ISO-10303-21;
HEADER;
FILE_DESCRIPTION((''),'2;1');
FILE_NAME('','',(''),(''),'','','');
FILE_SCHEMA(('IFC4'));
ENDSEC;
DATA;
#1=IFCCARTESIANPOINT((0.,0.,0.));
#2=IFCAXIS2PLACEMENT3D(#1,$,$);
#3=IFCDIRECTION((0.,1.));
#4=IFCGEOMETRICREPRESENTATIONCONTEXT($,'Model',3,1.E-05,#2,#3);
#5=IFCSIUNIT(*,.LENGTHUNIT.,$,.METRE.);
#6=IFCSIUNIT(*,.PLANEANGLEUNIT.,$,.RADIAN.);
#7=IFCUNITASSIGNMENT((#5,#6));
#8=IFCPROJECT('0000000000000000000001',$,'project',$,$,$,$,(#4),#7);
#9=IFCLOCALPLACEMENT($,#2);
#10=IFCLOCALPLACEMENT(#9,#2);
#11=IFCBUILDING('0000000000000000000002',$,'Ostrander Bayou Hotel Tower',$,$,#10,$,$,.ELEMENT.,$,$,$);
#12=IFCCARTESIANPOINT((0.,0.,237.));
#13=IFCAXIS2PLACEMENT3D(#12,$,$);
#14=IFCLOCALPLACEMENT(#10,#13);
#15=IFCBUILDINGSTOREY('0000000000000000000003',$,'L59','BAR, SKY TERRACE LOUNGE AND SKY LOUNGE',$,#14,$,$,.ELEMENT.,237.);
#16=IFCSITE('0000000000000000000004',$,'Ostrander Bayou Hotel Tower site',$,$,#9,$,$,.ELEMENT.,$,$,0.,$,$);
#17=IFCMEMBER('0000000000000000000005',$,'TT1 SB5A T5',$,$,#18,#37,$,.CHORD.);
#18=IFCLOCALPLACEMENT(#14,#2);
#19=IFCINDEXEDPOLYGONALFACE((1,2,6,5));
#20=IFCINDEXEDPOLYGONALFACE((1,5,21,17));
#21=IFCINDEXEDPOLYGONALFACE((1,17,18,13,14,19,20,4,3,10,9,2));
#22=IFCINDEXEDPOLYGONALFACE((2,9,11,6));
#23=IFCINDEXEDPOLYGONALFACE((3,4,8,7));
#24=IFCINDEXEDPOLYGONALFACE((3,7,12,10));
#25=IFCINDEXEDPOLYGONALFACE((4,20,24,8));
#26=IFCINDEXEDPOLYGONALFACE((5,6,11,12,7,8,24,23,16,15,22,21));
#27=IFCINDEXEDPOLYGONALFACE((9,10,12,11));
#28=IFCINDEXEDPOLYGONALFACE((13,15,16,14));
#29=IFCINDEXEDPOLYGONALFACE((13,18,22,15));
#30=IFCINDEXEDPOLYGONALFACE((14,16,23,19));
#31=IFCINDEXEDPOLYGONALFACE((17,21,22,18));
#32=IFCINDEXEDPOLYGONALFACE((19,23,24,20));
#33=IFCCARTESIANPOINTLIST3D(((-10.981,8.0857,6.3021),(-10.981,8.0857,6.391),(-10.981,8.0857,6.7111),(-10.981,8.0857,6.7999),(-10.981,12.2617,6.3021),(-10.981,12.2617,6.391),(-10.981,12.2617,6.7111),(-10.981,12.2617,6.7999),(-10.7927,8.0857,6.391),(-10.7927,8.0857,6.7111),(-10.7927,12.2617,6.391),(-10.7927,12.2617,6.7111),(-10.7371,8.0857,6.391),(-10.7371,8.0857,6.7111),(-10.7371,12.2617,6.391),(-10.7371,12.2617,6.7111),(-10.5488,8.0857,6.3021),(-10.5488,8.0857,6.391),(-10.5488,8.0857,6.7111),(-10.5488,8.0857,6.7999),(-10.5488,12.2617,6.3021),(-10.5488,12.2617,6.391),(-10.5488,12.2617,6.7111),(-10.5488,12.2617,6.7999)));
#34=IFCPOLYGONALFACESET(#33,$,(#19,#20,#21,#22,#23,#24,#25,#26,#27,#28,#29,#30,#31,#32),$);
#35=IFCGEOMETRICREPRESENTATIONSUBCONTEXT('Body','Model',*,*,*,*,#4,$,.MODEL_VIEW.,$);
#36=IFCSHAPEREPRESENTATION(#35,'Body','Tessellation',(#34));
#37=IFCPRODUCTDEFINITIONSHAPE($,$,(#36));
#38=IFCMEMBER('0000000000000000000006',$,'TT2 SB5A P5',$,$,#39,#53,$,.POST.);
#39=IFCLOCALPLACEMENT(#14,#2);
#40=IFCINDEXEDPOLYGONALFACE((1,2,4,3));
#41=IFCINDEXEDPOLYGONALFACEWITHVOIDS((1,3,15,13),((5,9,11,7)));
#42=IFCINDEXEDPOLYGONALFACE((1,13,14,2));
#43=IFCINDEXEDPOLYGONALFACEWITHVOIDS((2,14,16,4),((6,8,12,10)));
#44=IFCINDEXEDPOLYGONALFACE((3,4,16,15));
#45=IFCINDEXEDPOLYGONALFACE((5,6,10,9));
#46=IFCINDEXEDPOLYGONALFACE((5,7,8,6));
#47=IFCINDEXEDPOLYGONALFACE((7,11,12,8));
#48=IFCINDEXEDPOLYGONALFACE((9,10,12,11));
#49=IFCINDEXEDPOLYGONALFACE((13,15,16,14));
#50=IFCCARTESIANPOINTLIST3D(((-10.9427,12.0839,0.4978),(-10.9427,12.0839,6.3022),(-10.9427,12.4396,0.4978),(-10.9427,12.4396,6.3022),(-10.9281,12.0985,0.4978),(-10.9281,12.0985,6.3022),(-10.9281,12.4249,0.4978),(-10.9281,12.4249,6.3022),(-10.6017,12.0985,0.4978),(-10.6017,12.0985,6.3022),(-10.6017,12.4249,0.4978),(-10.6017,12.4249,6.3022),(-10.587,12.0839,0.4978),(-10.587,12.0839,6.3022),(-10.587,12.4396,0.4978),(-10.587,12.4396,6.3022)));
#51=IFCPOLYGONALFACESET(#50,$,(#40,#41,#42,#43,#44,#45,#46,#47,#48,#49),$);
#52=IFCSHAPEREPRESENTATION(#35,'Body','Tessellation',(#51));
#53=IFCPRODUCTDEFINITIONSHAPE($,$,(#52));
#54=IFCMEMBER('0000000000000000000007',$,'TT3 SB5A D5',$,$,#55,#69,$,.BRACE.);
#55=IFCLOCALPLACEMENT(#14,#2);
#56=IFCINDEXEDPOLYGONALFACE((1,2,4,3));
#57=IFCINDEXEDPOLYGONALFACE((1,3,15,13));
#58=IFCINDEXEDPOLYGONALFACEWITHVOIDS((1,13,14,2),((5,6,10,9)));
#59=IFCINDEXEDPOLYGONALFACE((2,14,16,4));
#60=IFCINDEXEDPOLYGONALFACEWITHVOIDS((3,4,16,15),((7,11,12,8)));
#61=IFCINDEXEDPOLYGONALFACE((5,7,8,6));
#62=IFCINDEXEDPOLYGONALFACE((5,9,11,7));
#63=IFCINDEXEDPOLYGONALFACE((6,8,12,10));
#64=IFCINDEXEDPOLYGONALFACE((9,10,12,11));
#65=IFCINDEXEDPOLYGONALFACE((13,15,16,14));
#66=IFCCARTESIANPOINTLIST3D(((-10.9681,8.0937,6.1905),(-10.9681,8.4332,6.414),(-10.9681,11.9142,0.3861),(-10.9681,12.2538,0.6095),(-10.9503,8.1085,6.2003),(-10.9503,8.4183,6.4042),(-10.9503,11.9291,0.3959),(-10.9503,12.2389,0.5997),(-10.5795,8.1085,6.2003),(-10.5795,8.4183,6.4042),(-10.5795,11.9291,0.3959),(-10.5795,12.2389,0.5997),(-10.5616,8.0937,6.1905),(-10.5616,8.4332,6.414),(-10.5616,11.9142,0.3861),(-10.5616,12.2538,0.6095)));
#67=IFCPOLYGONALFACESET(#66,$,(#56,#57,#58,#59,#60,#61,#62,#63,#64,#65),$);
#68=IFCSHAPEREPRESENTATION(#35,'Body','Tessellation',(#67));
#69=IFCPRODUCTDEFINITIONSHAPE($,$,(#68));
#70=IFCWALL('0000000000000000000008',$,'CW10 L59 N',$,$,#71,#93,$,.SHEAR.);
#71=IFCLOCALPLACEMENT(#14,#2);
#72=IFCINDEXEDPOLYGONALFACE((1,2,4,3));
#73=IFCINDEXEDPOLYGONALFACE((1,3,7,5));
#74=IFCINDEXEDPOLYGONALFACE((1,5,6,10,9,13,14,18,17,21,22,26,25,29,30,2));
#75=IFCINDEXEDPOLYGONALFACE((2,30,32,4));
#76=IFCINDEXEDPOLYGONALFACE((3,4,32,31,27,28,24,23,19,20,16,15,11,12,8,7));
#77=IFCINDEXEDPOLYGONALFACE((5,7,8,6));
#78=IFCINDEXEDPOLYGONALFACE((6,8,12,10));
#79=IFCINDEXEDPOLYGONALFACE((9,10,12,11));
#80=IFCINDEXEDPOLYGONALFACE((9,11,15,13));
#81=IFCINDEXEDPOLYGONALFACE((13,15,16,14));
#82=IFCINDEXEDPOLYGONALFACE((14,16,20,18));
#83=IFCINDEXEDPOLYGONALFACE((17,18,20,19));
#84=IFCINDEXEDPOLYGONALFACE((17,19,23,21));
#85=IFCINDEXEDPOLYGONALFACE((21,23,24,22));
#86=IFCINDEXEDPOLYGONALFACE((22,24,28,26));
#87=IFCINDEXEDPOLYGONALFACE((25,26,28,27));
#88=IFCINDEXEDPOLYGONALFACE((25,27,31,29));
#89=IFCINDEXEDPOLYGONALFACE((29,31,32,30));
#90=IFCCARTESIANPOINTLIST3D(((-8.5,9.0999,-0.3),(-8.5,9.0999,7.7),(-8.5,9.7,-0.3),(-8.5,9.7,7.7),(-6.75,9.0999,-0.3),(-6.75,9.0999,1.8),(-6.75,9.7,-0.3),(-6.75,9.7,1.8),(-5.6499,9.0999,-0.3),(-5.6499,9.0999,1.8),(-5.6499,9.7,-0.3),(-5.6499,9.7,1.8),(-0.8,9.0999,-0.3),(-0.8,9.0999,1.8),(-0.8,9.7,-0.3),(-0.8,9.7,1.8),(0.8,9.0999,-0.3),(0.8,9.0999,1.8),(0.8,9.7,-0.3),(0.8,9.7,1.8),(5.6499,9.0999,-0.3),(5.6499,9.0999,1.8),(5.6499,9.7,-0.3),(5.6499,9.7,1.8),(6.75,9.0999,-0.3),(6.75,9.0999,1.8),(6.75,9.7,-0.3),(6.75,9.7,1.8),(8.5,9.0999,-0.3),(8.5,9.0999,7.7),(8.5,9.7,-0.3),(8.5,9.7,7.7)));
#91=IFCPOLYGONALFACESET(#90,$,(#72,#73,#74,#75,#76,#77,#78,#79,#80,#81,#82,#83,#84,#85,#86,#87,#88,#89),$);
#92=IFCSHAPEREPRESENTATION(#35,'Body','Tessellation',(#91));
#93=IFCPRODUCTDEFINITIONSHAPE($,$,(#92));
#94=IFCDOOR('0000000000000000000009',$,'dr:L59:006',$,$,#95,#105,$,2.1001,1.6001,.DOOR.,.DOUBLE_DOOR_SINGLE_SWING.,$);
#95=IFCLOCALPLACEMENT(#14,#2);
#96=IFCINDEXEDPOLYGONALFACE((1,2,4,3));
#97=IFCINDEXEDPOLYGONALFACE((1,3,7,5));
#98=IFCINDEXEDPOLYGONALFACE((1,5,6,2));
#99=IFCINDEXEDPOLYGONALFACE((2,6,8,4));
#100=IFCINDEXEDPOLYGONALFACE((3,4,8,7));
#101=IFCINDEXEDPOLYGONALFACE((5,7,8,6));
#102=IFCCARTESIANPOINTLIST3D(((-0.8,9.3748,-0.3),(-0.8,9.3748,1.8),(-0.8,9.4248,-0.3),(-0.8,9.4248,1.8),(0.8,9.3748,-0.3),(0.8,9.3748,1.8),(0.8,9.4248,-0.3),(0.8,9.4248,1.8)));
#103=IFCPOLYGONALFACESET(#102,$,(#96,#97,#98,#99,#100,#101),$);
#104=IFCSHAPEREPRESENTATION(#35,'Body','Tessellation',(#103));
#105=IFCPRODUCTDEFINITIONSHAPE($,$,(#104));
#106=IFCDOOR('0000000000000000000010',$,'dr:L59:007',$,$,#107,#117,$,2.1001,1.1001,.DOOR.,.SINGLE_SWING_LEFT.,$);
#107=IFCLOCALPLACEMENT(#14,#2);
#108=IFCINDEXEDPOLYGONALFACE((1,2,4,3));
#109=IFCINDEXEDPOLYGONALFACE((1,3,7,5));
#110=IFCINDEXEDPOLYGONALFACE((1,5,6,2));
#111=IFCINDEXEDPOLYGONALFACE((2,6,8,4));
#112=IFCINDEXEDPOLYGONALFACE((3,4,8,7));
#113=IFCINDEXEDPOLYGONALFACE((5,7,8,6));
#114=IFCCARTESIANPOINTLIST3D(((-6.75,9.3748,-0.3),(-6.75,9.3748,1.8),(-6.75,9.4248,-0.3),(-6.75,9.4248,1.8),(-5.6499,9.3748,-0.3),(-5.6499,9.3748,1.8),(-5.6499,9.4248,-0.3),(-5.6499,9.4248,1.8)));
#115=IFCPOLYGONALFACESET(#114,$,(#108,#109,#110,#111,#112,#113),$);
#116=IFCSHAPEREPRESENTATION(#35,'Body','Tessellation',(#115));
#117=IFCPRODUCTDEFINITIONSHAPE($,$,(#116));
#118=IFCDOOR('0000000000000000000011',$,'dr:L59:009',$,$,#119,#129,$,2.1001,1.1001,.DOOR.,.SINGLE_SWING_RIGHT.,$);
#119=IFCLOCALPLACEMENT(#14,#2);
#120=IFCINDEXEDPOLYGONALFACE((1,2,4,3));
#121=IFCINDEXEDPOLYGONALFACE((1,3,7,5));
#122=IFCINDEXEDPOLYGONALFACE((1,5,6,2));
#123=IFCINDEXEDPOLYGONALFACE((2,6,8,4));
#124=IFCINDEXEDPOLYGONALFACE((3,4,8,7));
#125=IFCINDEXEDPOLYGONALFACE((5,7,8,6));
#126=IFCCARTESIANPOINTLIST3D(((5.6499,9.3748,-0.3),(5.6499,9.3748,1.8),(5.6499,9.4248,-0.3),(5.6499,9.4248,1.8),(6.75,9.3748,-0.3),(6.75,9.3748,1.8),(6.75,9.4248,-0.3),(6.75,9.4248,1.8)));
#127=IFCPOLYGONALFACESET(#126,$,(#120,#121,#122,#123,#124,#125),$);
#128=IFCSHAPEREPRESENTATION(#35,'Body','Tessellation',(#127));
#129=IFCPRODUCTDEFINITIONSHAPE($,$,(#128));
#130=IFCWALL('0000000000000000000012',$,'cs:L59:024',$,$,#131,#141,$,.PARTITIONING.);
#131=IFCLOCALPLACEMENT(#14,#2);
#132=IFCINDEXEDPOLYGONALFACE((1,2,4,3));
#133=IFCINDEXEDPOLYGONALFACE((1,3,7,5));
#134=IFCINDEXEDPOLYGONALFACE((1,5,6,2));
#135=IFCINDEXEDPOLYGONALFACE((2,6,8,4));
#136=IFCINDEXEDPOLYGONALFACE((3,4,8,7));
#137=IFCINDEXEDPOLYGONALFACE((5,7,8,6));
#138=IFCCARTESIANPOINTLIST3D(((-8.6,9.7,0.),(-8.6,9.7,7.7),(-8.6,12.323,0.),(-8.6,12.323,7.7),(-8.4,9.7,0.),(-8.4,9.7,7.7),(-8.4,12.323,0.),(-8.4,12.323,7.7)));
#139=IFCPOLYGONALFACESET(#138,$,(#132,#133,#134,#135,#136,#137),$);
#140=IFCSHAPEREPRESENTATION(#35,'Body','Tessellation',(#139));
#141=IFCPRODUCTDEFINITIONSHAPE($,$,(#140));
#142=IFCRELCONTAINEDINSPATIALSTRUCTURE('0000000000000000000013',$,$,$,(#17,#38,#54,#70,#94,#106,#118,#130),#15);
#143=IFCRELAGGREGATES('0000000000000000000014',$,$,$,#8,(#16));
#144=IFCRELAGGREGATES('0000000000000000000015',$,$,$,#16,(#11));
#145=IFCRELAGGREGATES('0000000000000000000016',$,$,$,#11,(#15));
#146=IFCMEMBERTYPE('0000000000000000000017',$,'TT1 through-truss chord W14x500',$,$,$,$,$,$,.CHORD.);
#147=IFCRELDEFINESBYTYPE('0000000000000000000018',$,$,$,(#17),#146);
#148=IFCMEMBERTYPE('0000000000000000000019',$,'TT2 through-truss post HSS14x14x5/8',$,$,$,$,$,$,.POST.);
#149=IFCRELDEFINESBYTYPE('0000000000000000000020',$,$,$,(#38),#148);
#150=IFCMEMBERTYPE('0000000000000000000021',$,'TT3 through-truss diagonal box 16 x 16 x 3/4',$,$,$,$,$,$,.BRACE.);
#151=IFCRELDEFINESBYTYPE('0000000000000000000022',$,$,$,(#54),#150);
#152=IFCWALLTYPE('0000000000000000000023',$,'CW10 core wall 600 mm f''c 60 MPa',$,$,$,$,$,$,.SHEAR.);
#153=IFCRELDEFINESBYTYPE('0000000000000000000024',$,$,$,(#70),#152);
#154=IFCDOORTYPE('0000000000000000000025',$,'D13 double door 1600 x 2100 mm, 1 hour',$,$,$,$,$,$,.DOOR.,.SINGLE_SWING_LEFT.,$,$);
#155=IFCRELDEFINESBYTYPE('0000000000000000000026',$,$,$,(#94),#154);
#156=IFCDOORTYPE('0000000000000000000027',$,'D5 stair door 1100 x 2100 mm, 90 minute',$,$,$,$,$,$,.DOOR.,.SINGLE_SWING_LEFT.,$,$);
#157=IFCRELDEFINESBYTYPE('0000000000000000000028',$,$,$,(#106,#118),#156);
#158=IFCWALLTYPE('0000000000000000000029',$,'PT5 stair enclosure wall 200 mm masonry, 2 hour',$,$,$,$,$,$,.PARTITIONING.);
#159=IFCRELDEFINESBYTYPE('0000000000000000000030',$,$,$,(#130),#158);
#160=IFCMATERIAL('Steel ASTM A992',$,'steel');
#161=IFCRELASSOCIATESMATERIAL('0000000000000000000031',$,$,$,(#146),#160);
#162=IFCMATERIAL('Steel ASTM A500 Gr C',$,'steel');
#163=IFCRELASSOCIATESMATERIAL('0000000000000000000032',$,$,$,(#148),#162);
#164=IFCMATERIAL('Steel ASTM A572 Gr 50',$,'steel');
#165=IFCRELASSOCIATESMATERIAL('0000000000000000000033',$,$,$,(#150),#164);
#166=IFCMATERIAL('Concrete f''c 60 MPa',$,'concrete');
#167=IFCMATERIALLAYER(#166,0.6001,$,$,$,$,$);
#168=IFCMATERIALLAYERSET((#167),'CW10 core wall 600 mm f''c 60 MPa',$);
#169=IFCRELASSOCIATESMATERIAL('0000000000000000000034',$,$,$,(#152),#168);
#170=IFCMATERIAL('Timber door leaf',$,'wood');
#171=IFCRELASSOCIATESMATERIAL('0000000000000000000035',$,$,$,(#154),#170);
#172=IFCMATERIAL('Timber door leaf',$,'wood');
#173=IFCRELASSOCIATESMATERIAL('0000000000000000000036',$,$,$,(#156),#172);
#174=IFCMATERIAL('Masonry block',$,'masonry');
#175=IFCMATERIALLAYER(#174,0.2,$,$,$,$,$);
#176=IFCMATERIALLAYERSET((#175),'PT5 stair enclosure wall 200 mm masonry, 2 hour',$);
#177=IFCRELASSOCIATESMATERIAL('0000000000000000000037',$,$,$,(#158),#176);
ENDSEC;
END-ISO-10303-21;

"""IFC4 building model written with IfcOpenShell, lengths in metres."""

from ifc_helpers import new_model, si_unit, direction, frame, frame_2d, origin, origin_2d, place, context, subcontext, project, spatial, rectangle, hollow_rectangle, i_section, extrude, material, layer, layer_set, material_profile, profile_set, type_object, element, fill, save


model = new_model("IFC4")

# Units and contexts
model_context = context("Model", 3, precision=1e-05, world=origin(), true_north=direction((0.0, 1.0)))
body_context = subcontext(model_context, "Body", "Model", "MODEL_VIEW")
ifc_project = project(units=[si_unit("LENGTHUNIT", "METRE"), si_unit("PLANEANGLEUNIT", "RADIAN")], contexts=[model_context])

# Site, building, storey
site_placement = place(None, origin())
site = spatial("IfcSite", under=ifc_project, at=site_placement, Name="Ostrander Bayou Hotel Tower site", CompositionType="ELEMENT", RefElevation=0.0)
building_placement = place(site_placement, origin())
building = spatial("IfcBuilding", under=site, at=building_placement, Name="Ostrander Bayou Hotel Tower", CompositionType="ELEMENT")
storey_placement = place(building_placement, frame((0.0, 0.0, 237.0)))
storey = spatial("IfcBuildingStorey", under=building, at=storey_placement, Name="L59", Description="BAR, SKY TERRACE LOUNGE AND SKY LOUNGE", CompositionType="ELEMENT", Elevation=237.0)

# Members
ifc_material_1 = material(Name="Steel ASTM A992", Category="steel")
ifc_material_profile_1 = material_profile(ifc_material_1, i_section(OverallWidth=0.4321, OverallDepth=0.4978, WebThickness=0.0557, FlangeThickness=0.0889, at=origin_2d()))
ifc_profile_set_1 = profile_set([ifc_material_profile_1], Name="Steel ASTM A992")
member_type_1 = type_object("IfcMemberType", Name="TT1 through-truss chord W14x500", PredefinedType="CHORD", material=ifc_profile_set_1)
for number, where, z_axis, x_axis, name in (
    (1, (-10.7649, 12.2617, 6.551), (0.0, -1.0, 0.0), (1.0, 0.0, 0.0), "TT1 SB5A T5"),
):
    element("IfcMember", number, at=place(storey_placement, frame(where, z_axis=z_axis, x_axis=x_axis)), inside=storey, type_object=member_type_1, Name=name, PredefinedType="CHORD", context=body_context, shape_type="SweptSolid", body=[
        extrude(i_section(OverallWidth=0.4321, OverallDepth=0.4978, WebThickness=0.0557, FlangeThickness=0.0889, at=origin_2d()), origin(), (0.0, 0.0, 1.0), 4.176),
    ])
ifc_material_2 = material(Name="Steel ASTM A500 Gr C", Category="steel")
ifc_material_profile_2 = material_profile(ifc_material_2, hollow_rectangle(XDim=0.3557, YDim=0.3557, WallThickness=0.0146, at=origin_2d()))
ifc_profile_set_2 = profile_set([ifc_material_profile_2], Name="Steel ASTM A500 Gr C")
member_type_2 = type_object("IfcMemberType", Name="TT2 through-truss post HSS14x14x5/8", PredefinedType="POST", material=ifc_profile_set_2)
member_1_placement = place(storey_placement, frame((-10.7649, 12.2617, 0.4978), z_axis=(0.0, 0.0, 1.0), x_axis=(1.0, 0.0, 0.0)))
element("IfcMember", 2, at=member_1_placement, inside=storey, type_object=member_type_2, Name="TT2 SB5A P5", PredefinedType="POST", context=body_context, shape_type="SweptSolid", body=[
    extrude(hollow_rectangle(XDim=0.3557, YDim=0.3557, WallThickness=0.0146, at=origin_2d()), origin(), (0.0, 0.0, 1.0), 5.8044),
])
ifc_material_3 = material(Name="Steel ASTM A572 Gr 50", Category="steel")
ifc_material_profile_3 = material_profile(ifc_material_3, hollow_rectangle(XDim=0.4065, YDim=0.4065, WallThickness=0.0178, at=origin_2d()))
ifc_profile_set_3 = profile_set([ifc_material_profile_3], Name="Steel ASTM A572 Gr 50")
member_type_3 = type_object("IfcMemberType", Name="TT3 through-truss diagonal box 16 x 16 x 3/4", PredefinedType="BRACE", material=ifc_profile_set_3)
member_2_placement = place(storey_placement, frame((-10.7649, 12.084, 0.4978), z_axis=(0.0, -0.549802, 0.835295), x_axis=(1.0, 0.0, 0.0)))
element("IfcMember", 3, at=member_2_placement, inside=storey, type_object=member_type_3, Name="TT3 SB5A D5", PredefinedType="BRACE", context=body_context, shape_type="SweptSolid", body=[
    extrude(hollow_rectangle(XDim=0.4065, YDim=0.4065, WallThickness=0.0178, at=origin_2d()), origin(), (0.0, 0.0, 1.0), 6.949),
])

# Wall, openings, doors
ifc_material_4 = material(Name="Concrete f'c 60 MPa", Category="concrete")
ifc_layer_1 = layer(ifc_material_4, 0.6001)
ifc_layer_set_1 = layer_set([ifc_layer_1], Name="CW10 core wall 600 mm f'c 60 MPa")
wall_type_1 = type_object("IfcWallType", Name="CW10 core wall 600 mm f'c 60 MPa", PredefinedType="SHEAR", material=ifc_layer_set_1)
wall_1_placement = place(storey_placement, frame((-8.5, 9.3999, -0.3), z_axis=(0.0, 0.0, 1.0), x_axis=(1.0, 0.0, 0.0)))
wall_1 = element("IfcWall", 4, at=wall_1_placement, inside=storey, type_object=wall_type_1, Name="CW10 L59 N", PredefinedType="SHEAR", context=body_context, shape_type="SweptSolid", body=[
    extrude(rectangle(XDim=17.0, YDim=0.6001, at=frame_2d((8.5, 0.0))), origin(), (0.0, 0.0, 1.0), 8.0),
])
opening_1_placement = place(wall_1_placement, frame((7.7, 0.0, 0.0)))
opening_1 = element("IfcOpeningElement", 5, at=opening_1_placement, cuts=wall_1, PredefinedType="OPENING", context=body_context, shape_type="SweptSolid", body=[
    extrude(rectangle(XDim=1.6001, YDim=2.1001, at=frame_2d((0.8, 1.05))), frame((0.0, 0.3, 0.0), z_axis=(0.0, -1.0, 0.0), x_axis=(1.0, 0.0, 0.0)), (0.0, 0.0, 1.0), 0.6001),
])
opening_2_placement = place(wall_1_placement, frame((1.75, 0.0, 0.0)))
opening_2 = element("IfcOpeningElement", 6, at=opening_2_placement, cuts=wall_1, PredefinedType="OPENING", context=body_context, shape_type="SweptSolid", body=[
    extrude(rectangle(XDim=1.1001, YDim=2.1001, at=frame_2d((0.55, 1.05))), frame((0.0, 0.3, 0.0), z_axis=(0.0, -1.0, 0.0), x_axis=(1.0, 0.0, 0.0)), (0.0, 0.0, 1.0), 0.6001),
])
opening_3_placement = place(wall_1_placement, frame((14.1499, 0.0, 0.0)))
opening_3 = element("IfcOpeningElement", 7, at=opening_3_placement, cuts=wall_1, PredefinedType="OPENING", context=body_context, shape_type="SweptSolid", body=[
    extrude(rectangle(XDim=1.1001, YDim=2.1001, at=frame_2d((0.55, 1.05))), frame((0.0, 0.3, 0.0), z_axis=(0.0, -1.0, 0.0), x_axis=(1.0, 0.0, 0.0)), (0.0, 0.0, 1.0), 0.6001),
])
ifc_material_5 = material(Name="Timber door leaf", Category="wood")
door_type_1 = type_object("IfcDoorType", Name="D13 double door 1600 x 2100 mm, 1 hour", OperationType="SINGLE_SWING_LEFT", PredefinedType="DOOR", material=ifc_material_5)
door_1_placement = place(opening_1_placement, origin())
door_1 = element("IfcDoor", 8, at=door_1_placement, inside=storey, type_object=door_type_1, Name="dr:L59:006", OperationType="DOUBLE_DOOR_SINGLE_SWING", OverallHeight=2.1001, OverallWidth=1.6001, PredefinedType="DOOR", context=body_context, shape_type="SweptSolid", body=[
    extrude(rectangle(XDim=1.6001, YDim=2.1001, at=frame_2d((0.8, 1.05))), frame((0.0, 0.0249, 0.0), z_axis=(0.0, -1.0, 0.0), x_axis=(1.0, 0.0, 0.0)), (0.0, 0.0, 1.0), 0.05),
])
fill(opening_1, door_1)
ifc_material_6 = material(Name="Timber door leaf", Category="wood")
door_type_2 = type_object("IfcDoorType", Name="D5 stair door 1100 x 2100 mm, 90 minute", OperationType="SINGLE_SWING_LEFT", PredefinedType="DOOR", material=ifc_material_6)
door_2_placement = place(opening_2_placement, origin())
door_2 = element("IfcDoor", 9, at=door_2_placement, inside=storey, type_object=door_type_2, Name="dr:L59:007", OperationType="SINGLE_SWING_LEFT", OverallHeight=2.1001, OverallWidth=1.1001, PredefinedType="DOOR", context=body_context, shape_type="SweptSolid", body=[
    extrude(rectangle(XDim=1.1001, YDim=2.1001, at=frame_2d((0.55, 1.05))), frame((0.0, 0.0249, 0.0), z_axis=(0.0, -1.0, 0.0), x_axis=(1.0, 0.0, 0.0)), (0.0, 0.0, 1.0), 0.05),
])
fill(opening_2, door_2)
door_3_placement = place(opening_3_placement, origin())
door_3 = element("IfcDoor", 10, at=door_3_placement, inside=storey, type_object=door_type_2, Name="dr:L59:009", OperationType="SINGLE_SWING_RIGHT", OverallHeight=2.1001, OverallWidth=1.1001, PredefinedType="DOOR", context=body_context, shape_type="SweptSolid", body=[
    extrude(rectangle(XDim=1.1001, YDim=2.1001, at=frame_2d((0.55, 1.05))), frame((0.0, 0.0249, 0.0), z_axis=(0.0, -1.0, 0.0), x_axis=(1.0, 0.0, 0.0)), (0.0, 0.0, 1.0), 0.05),
])
fill(opening_3, door_3)
ifc_material_7 = material(Name="Masonry block", Category="masonry")
ifc_layer_2 = layer(ifc_material_7, 0.2)
ifc_layer_set_2 = layer_set([ifc_layer_2], Name="PT5 stair enclosure wall 200 mm masonry, 2 hour")
wall_type_2 = type_object("IfcWallType", Name="PT5 stair enclosure wall 200 mm masonry, 2 hour", PredefinedType="PARTITIONING", material=ifc_layer_set_2)

# Wall
wall_2_placement = place(storey_placement, frame((-8.5, 9.7, 0.0), z_axis=(0.0, 0.0, 1.0), x_axis=(0.0, 1.0, 0.0)))
element("IfcWall", 11, at=wall_2_placement, inside=storey, type_object=wall_type_2, Name="cs:L59:024", PredefinedType="PARTITIONING", context=body_context, shape_type="SweptSolid", body=[
    extrude(rectangle(XDim=2.623, YDim=0.2, at=frame_2d((1.3115, 0.0))), origin(), (0.0, 0.0, 1.0), 7.7),
])

save(model, "model.ifc")
